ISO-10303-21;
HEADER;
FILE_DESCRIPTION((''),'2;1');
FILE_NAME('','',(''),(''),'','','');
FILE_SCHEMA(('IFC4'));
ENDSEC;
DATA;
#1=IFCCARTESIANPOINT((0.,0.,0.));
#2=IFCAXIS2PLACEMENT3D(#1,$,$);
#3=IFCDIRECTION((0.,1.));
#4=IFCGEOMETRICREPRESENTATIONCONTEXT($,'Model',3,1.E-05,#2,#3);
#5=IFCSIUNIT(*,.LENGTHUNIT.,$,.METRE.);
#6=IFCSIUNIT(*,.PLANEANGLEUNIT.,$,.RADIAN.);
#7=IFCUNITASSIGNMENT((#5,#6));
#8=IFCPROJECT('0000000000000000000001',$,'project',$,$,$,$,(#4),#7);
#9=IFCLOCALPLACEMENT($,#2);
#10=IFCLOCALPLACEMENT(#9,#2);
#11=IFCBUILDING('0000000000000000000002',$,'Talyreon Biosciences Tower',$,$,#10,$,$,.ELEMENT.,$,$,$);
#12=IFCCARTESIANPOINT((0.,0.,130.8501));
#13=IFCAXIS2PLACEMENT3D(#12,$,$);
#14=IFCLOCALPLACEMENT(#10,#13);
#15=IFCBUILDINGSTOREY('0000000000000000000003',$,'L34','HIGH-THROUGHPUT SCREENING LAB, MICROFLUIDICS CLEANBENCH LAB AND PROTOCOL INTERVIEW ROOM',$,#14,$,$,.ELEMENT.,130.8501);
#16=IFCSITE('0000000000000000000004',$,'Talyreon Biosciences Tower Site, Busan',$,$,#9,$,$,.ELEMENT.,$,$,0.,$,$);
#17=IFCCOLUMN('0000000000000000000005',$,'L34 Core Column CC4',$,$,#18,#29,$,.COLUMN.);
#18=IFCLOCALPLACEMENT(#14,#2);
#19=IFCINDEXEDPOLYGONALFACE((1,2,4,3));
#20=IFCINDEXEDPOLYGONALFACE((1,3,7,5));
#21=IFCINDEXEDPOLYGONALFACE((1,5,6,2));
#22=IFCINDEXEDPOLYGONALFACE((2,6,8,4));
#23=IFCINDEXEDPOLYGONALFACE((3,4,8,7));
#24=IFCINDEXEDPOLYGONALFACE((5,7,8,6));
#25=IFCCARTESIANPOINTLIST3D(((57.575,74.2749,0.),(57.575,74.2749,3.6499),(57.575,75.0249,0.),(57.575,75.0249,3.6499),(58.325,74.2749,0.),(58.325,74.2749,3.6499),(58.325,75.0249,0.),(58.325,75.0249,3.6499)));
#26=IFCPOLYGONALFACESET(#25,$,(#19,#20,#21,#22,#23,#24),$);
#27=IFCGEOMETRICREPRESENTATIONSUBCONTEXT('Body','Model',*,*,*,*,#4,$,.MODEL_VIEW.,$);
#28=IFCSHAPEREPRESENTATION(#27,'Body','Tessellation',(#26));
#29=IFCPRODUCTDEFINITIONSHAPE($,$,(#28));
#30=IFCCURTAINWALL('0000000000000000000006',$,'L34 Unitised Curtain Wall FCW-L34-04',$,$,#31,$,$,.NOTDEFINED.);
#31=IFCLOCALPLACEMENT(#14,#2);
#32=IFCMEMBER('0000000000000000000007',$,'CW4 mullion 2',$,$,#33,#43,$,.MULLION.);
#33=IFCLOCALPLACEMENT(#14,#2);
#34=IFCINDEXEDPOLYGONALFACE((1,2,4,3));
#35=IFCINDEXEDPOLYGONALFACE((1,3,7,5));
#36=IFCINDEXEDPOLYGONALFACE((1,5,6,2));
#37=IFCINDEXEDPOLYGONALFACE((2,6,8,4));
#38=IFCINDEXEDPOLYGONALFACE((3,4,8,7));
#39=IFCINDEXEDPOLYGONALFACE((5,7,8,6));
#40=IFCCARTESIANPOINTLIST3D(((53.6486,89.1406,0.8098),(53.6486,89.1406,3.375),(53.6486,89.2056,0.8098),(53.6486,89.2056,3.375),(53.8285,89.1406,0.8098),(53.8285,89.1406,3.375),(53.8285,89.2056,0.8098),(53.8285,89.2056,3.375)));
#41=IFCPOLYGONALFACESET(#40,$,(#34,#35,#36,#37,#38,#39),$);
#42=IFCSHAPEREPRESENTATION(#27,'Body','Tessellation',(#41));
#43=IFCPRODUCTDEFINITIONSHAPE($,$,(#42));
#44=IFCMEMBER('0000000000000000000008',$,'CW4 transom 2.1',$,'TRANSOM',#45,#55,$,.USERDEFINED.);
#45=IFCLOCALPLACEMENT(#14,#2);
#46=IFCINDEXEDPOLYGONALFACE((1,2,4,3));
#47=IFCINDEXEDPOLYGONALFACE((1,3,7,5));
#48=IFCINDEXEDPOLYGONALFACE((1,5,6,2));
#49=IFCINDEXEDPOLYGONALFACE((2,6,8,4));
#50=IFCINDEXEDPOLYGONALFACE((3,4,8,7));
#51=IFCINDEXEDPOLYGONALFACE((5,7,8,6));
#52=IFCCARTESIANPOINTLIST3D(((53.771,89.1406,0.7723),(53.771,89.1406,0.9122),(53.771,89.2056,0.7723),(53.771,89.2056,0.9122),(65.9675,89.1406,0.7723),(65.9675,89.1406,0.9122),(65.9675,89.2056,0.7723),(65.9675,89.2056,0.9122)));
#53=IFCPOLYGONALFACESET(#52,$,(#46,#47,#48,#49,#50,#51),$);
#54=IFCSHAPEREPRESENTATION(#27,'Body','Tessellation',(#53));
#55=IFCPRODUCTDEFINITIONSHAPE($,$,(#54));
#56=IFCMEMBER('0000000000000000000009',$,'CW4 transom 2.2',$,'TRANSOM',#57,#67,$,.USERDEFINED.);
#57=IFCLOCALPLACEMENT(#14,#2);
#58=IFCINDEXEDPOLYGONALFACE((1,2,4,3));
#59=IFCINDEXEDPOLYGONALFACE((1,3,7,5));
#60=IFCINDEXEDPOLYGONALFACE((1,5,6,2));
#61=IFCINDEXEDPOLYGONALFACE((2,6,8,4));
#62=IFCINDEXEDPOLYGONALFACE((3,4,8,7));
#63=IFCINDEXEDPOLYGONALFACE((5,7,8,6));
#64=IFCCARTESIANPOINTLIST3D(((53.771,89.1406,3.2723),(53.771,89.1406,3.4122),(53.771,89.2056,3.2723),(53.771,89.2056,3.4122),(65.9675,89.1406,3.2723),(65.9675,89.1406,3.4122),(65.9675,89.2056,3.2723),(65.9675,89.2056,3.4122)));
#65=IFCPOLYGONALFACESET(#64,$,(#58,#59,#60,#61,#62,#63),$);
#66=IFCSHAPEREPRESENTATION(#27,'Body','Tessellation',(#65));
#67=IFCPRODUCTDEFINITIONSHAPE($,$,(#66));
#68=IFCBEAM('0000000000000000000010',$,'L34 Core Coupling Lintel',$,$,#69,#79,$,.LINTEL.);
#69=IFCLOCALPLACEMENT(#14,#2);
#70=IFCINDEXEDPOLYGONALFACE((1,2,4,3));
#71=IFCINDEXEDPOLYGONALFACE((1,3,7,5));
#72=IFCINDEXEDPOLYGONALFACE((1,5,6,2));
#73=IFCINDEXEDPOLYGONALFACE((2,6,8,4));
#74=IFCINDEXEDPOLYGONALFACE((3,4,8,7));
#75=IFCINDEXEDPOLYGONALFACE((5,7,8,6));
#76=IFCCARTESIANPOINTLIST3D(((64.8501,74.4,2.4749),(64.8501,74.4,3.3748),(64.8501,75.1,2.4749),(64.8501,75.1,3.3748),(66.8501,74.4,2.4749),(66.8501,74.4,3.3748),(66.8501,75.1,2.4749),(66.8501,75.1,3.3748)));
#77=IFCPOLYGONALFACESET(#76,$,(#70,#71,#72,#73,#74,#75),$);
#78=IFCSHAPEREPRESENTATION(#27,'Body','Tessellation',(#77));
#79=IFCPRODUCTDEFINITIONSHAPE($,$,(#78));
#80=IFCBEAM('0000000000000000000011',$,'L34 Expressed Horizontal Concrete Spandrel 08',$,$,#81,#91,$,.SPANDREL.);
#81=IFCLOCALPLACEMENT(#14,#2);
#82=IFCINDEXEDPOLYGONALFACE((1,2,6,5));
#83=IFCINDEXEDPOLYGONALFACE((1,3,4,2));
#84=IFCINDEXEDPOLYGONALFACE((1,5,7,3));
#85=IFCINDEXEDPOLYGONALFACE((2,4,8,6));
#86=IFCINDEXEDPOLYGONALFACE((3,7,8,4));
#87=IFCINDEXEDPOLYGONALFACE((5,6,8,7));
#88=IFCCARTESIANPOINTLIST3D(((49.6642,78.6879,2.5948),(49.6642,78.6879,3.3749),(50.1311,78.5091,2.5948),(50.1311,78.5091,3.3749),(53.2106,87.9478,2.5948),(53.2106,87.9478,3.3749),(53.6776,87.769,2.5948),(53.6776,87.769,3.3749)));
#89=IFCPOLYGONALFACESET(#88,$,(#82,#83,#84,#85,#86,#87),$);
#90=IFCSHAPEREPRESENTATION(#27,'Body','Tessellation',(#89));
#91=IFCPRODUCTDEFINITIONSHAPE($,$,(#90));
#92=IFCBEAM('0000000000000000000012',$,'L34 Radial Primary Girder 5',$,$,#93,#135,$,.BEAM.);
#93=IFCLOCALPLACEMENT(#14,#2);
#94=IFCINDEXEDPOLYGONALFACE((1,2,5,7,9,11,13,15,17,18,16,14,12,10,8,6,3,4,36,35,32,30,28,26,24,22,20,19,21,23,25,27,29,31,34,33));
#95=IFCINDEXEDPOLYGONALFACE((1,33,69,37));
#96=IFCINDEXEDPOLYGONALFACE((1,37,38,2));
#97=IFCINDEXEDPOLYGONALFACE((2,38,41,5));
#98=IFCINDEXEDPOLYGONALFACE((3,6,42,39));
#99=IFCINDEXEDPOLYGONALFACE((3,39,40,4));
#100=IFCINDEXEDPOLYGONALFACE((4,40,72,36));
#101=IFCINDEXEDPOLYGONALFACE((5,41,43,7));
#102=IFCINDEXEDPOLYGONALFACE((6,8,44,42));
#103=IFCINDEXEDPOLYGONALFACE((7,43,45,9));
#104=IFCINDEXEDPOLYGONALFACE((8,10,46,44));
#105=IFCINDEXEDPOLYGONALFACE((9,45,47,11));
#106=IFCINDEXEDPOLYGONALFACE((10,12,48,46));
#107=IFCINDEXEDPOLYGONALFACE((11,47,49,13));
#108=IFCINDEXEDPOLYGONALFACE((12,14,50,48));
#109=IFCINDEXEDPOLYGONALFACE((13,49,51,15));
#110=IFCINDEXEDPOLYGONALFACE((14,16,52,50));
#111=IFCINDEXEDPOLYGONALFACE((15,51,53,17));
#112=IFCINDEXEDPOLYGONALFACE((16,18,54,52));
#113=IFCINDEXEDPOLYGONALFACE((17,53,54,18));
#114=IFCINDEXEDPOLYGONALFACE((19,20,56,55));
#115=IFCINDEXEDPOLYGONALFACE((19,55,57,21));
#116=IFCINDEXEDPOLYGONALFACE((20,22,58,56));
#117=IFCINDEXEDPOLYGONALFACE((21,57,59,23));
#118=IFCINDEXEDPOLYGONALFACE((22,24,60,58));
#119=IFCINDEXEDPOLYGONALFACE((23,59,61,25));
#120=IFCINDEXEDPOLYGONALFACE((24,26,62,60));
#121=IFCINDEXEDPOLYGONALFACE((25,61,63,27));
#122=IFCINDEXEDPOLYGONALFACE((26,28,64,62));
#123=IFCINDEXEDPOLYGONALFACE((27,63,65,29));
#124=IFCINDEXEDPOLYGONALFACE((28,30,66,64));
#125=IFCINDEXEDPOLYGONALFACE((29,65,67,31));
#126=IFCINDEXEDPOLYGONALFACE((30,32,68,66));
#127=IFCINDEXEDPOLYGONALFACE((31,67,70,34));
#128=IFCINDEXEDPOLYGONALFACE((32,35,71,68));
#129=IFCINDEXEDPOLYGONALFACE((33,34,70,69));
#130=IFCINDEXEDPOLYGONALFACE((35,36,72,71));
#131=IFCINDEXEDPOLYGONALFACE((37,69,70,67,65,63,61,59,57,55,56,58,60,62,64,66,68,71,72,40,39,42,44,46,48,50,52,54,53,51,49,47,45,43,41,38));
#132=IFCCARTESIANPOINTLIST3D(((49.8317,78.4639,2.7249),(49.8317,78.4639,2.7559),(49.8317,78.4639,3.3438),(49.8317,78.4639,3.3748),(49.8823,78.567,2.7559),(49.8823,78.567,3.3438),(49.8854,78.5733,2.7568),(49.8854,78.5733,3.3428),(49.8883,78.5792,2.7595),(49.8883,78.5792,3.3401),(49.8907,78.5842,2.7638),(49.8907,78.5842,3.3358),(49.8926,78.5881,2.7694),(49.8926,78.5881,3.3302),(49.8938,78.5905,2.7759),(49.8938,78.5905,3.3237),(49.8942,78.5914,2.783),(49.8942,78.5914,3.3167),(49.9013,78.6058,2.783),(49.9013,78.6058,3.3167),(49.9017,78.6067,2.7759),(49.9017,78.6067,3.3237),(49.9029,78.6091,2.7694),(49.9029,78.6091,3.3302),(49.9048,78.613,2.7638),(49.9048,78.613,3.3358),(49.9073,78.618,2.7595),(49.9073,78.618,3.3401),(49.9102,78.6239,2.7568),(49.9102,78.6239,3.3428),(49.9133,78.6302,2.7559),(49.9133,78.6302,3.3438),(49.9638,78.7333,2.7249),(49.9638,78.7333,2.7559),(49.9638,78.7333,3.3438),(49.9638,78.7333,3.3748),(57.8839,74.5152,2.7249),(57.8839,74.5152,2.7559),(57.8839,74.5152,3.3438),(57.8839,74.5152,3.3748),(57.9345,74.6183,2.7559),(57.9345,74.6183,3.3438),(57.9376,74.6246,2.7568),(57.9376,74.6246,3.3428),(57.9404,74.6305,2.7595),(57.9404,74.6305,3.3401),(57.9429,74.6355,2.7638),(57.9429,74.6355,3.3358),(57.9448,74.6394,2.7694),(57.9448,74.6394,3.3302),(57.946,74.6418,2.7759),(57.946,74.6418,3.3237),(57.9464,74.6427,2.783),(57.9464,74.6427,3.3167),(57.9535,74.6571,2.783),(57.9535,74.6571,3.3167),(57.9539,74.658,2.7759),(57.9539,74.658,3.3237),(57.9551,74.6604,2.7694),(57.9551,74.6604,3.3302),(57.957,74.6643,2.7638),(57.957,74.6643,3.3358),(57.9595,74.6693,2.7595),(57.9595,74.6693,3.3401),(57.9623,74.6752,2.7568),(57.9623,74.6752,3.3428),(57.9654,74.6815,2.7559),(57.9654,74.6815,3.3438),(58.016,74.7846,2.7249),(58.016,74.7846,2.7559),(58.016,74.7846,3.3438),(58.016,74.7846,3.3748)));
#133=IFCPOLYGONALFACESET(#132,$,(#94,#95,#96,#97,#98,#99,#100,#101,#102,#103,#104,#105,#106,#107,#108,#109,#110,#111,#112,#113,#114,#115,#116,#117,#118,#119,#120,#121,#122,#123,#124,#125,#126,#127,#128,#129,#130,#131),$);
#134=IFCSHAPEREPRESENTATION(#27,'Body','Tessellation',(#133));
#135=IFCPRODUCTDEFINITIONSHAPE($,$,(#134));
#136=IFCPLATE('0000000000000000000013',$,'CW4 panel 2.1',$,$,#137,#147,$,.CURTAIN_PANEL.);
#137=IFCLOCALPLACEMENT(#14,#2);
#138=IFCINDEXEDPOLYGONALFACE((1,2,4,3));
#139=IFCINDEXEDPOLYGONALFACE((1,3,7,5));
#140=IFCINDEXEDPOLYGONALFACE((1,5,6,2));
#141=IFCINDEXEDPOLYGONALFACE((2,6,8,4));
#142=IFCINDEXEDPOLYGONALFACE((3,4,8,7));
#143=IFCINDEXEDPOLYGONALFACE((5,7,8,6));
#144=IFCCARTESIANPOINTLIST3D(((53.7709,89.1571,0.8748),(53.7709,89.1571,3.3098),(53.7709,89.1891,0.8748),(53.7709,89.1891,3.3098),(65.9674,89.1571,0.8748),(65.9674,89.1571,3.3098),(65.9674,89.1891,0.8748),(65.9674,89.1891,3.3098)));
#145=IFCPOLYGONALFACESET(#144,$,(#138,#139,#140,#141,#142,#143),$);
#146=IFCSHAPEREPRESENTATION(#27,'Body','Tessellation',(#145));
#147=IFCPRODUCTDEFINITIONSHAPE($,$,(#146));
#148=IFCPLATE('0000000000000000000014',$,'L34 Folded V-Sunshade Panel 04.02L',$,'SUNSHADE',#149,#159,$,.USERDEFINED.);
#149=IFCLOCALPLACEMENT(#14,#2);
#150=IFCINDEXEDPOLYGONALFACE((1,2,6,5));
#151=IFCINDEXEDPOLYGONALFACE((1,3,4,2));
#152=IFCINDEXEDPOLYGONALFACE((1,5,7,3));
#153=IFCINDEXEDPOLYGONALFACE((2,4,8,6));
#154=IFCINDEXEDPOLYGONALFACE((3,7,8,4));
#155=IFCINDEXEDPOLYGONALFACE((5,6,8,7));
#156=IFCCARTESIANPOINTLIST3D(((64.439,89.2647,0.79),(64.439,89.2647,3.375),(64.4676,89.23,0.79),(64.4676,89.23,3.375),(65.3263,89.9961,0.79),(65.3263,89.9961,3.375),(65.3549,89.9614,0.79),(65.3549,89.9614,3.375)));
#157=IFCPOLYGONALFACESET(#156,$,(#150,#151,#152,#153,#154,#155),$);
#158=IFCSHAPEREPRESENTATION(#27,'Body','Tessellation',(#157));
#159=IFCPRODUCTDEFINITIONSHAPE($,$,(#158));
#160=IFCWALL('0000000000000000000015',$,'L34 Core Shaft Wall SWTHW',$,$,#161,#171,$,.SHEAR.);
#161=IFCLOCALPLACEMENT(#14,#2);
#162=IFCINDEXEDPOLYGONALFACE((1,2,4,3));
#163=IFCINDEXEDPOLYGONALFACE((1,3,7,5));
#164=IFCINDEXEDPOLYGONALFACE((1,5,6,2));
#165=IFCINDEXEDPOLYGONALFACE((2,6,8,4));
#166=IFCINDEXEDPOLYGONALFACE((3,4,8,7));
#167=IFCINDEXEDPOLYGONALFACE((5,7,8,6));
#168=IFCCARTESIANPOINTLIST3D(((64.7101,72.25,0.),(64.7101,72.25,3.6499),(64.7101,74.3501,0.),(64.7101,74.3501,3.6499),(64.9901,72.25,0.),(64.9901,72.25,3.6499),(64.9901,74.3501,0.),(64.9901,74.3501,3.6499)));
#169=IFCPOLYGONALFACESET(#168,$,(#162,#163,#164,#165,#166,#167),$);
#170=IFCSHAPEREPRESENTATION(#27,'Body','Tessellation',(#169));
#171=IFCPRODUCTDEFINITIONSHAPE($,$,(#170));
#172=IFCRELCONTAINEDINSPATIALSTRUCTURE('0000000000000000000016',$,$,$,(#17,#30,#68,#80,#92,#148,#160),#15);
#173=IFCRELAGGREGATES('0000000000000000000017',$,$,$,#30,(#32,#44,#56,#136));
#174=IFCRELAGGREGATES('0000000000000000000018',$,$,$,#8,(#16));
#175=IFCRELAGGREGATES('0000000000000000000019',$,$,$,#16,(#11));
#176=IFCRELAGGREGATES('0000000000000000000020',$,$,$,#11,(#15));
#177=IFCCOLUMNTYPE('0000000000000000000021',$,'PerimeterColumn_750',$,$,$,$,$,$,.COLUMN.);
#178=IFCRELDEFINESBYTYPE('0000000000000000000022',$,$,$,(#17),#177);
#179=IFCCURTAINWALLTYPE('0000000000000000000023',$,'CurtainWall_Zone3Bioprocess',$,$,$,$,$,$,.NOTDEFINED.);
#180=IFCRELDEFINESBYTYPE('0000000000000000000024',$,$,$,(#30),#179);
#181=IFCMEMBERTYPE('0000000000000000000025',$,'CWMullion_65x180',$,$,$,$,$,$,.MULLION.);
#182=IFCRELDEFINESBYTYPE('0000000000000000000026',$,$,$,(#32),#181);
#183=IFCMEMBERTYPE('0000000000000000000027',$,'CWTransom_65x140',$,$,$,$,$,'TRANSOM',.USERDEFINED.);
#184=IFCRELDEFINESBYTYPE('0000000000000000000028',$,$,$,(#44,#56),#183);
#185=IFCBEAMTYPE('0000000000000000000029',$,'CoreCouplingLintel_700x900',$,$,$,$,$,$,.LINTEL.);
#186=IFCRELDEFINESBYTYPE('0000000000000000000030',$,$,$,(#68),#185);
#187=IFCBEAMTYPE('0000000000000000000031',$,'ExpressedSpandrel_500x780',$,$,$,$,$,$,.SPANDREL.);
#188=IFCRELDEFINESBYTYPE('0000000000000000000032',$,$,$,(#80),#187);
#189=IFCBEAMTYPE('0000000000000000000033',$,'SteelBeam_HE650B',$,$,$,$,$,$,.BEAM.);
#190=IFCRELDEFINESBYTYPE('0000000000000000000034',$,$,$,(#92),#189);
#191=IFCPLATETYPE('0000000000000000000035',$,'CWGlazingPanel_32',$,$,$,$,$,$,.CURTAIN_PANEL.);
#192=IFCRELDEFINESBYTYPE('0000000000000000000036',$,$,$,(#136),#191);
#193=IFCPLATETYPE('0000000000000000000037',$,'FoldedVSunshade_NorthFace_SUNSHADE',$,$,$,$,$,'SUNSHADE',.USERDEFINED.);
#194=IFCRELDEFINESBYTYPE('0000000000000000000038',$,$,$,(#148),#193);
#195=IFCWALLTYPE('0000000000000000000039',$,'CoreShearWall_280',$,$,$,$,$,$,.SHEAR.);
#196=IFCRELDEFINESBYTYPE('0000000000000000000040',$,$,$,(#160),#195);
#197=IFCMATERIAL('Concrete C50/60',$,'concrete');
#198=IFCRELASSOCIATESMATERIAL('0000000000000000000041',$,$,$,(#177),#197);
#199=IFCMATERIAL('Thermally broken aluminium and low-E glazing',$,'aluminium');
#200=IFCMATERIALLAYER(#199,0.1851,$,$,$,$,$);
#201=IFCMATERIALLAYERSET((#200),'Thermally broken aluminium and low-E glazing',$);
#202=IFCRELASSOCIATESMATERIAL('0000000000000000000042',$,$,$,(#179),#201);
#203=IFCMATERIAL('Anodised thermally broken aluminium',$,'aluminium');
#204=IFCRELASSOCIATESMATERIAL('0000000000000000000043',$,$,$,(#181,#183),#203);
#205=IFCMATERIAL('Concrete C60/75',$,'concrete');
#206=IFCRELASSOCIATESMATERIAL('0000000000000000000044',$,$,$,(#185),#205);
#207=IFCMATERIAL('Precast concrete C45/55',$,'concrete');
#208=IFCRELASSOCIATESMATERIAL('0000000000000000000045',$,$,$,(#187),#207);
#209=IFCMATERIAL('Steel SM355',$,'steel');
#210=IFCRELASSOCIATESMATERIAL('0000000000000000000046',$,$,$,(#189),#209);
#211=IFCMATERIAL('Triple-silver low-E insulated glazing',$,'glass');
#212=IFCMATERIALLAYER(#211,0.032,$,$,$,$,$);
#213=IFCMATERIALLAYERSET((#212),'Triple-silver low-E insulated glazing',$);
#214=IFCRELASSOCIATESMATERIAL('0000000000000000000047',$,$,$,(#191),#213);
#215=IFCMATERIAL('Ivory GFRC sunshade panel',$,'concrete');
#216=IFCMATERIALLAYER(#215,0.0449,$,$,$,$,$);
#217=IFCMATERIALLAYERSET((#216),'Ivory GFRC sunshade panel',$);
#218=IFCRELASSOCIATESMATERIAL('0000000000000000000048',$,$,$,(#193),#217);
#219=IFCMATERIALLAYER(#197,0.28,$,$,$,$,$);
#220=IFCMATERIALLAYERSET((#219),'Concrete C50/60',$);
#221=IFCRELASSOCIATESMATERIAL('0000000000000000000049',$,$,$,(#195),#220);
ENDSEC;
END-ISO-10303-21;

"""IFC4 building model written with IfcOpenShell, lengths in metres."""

from ifc_helpers import new_model, si_unit, direction, frame, frame_2d, origin, origin_2d, place, context, subcontext, project, spatial, rectangle, i_section, extrude, material, layer, layer_set, material_profile, profile_set, type_object, element, aggregate, save


model = new_model("IFC4")

# Units and contexts
model_context = context("Model", 3, precision=1e-05, world=origin(), true_north=direction((0.0, 1.0)))
body_context = subcontext(model_context, "Body", "Model", "MODEL_VIEW")
ifc_project = project(units=[si_unit("LENGTHUNIT", "METRE"), si_unit("PLANEANGLEUNIT", "RADIAN")], contexts=[model_context])

# Site, building, storey
site_placement = place(None, origin())
site = spatial("IfcSite", under=ifc_project, at=site_placement, Name="Talyreon Biosciences Tower Site, Busan", CompositionType="ELEMENT", RefElevation=0.0)
building_placement = place(site_placement, origin())
building = spatial("IfcBuilding", under=site, at=building_placement, Name="Talyreon Biosciences Tower", CompositionType="ELEMENT")
storey_placement = place(building_placement, frame((0.0, 0.0, 130.8501)))
storey = spatial("IfcBuildingStorey", under=building, at=storey_placement, Name="L34", Description="HIGH-THROUGHPUT SCREENING LAB, MICROFLUIDICS CLEANBENCH LAB AND PROTOCOL INTERVIEW ROOM", CompositionType="ELEMENT", Elevation=130.8501)

# Column
ifc_material_1 = material(Name="Concrete C50/60", Category="concrete")
ifc_material_profile_1 = material_profile(ifc_material_1, rectangle(XDim=0.75, YDim=0.75, at=origin_2d()), Name="RC 750x750")
ifc_profile_set_1 = profile_set([ifc_material_profile_1], Name="Concrete C50/60")
column_type = type_object("IfcColumnType", Name="PerimeterColumn_750", PredefinedType="COLUMN", material=ifc_profile_set_1)
column_placement = place(storey_placement, frame((57.95, 74.6499, 0.0), z_axis=(0.0, 0.0, 1.0), x_axis=(1.0, 0.0, 0.0)))
element("IfcColumn", 1, at=column_placement, inside=storey, type_object=column_type, Name="L34 Core Column CC4", PredefinedType="COLUMN", context=body_context, shape_type="SweptSolid", body=[
    extrude(rectangle(XDim=0.75, YDim=0.75, at=origin_2d()), origin(), (0.0, 0.0, 1.0), 3.6499),
])

# Curtain wall, members
ifc_material_2 = material(Name="Thermally broken aluminium and low-E glazing", Category="aluminium")
ifc_layer_1 = layer(ifc_material_2, 0.1851)
ifc_layer_set_1 = layer_set([ifc_layer_1], Name="Thermally broken aluminium and low-E glazing")
curtain_wall_type = type_object("IfcCurtainWallType", Name="CurtainWall_Zone3Bioprocess", PredefinedType="NOTDEFINED", material=ifc_layer_set_1)
curtain_wall_placement = place(storey_placement, origin())
curtain_wall = element("IfcCurtainWall", 2, at=curtain_wall_placement, inside=storey, type_object=curtain_wall_type, Name="L34 Unitised Curtain Wall FCW-L34-04", PredefinedType="NOTDEFINED")
ifc_material_3 = material(Name="Anodised thermally broken aluminium", Category="aluminium")
ifc_material_profile_2 = material_profile(ifc_material_3, rectangle(XDim=0.0649, YDim=0.1799, at=origin_2d()), Name="ALUM MULLION 65x180")
ifc_profile_set_2 = profile_set([ifc_material_profile_2], Name="Anodised thermally broken aluminium")
member_type_1 = type_object("IfcMemberType", Name="CWMullion_65x180", PredefinedType="MULLION", material=ifc_profile_set_2)
member_1_placement = place(storey_placement, frame((53.7385, 89.1731, 0.8098), z_axis=(0.0, 0.0, 1.0), x_axis=(0.0, 1.0, 0.0)))
member_1 = element("IfcMember", 3, at=member_1_placement, type_object=member_type_1, Name="CW4 mullion 2", PredefinedType="MULLION", context=body_context, shape_type="SweptSolid", body=[
    extrude(rectangle(XDim=0.0649, YDim=0.1799, at=origin_2d()), origin(), (0.0, 0.0, 1.0), 2.5652),
])
ifc_material_profile_3 = material_profile(ifc_material_3, rectangle(XDim=0.0649, YDim=0.1399, at=origin_2d()), Name="ALUM TRANSOM 65x140")
ifc_profile_set_3 = profile_set([ifc_material_profile_3], Name="Anodised thermally broken aluminium")
member_type_2 = type_object("IfcMemberType", Name="CWTransom_65x140", ElementType="TRANSOM", PredefinedType="USERDEFINED", material=ifc_profile_set_3)
member_2_placement = place(storey_placement, frame((53.771, 89.1731, 0.8423), z_axis=(1.0, 0.0, 0.0), x_axis=(0.0, 1.0, 0.0)))
member_2 = element("IfcMember", 4, at=member_2_placement, type_object=member_type_2, Name="CW4 transom 2.1", ObjectType="TRANSOM", PredefinedType="USERDEFINED", context=body_context, shape_type="SweptSolid", body=[
    extrude(rectangle(XDim=0.0649, YDim=0.1399, at=origin_2d()), origin(), (0.0, 0.0, 1.0), 12.1965),
])
member_3_placement = place(storey_placement, frame((53.771, 89.1731, 3.3423), z_axis=(1.0, 0.0, 0.0), x_axis=(0.0, 1.0, 0.0)))
member_3 = element("IfcMember", 5, at=member_3_placement, type_object=member_type_2, Name="CW4 transom 2.2", ObjectType="TRANSOM", PredefinedType="USERDEFINED", context=body_context, shape_type="SweptSolid", body=[
    extrude(rectangle(XDim=0.0649, YDim=0.1399, at=origin_2d()), origin(), (0.0, 0.0, 1.0), 12.1965),
])

# Beams
ifc_material_4 = material(Name="Concrete C60/75", Category="concrete")
ifc_material_profile_4 = material_profile(ifc_material_4, rectangle(XDim=0.7, YDim=0.8999, at=origin_2d()), Name="RCB 700x900")
ifc_profile_set_4 = profile_set([ifc_material_profile_4], Name="Concrete C60/75")
beam_type_1 = type_object("IfcBeamType", Name="CoreCouplingLintel_700x900", PredefinedType="LINTEL", material=ifc_profile_set_4)
beam_1_placement = place(storey_placement, frame((64.8501, 74.75, 2.9248), z_axis=(1.0, 0.0, 0.0), x_axis=(0.0, 1.0, 0.0)))
element("IfcBeam", 6, at=beam_1_placement, inside=storey, type_object=beam_type_1, Name="L34 Core Coupling Lintel", PredefinedType="LINTEL", context=body_context, shape_type="SweptSolid", body=[
    extrude(rectangle(XDim=0.7, YDim=0.8999, at=origin_2d()), origin(), (0.0, 0.0, 1.0), 2.0),
])
ifc_material_5 = material(Name="Precast concrete C45/55", Category="concrete")
ifc_material_profile_5 = material_profile(ifc_material_5, rectangle(XDim=0.5, YDim=0.78, at=origin_2d()), Name="RCB 500x780")
ifc_profile_set_5 = profile_set([ifc_material_profile_5], Name="Precast concrete C45/55")
beam_type_2 = type_object("IfcBeamType", Name="ExpressedSpandrel_500x780", PredefinedType="SPANDREL", material=ifc_profile_set_5)
beam_2_placement = place(storey_placement, frame((53.4441, 87.8584, 2.9849), z_axis=(-0.357655, -0.933854, 0.0), x_axis=(0.933854, -0.357655, 0.0)))
element("IfcBeam", 7, at=beam_2_placement, inside=storey, type_object=beam_type_2, Name="L34 Expressed Horizontal Concrete Spandrel 08", PredefinedType="SPANDREL", context=body_context, shape_type="SweptSolid", body=[
    extrude(rectangle(XDim=0.5, YDim=0.78, at=origin_2d()), origin(), (0.0, 0.0, 1.0), 9.9158),
])
ifc_material_6 = material(Name="Steel SM355", Category="steel")
ifc_material_profile_6 = material_profile(ifc_material_6, i_section(OverallWidth=0.3, OverallDepth=0.6499, WebThickness=0.0161, FlangeThickness=0.031, FilletRadius=0.0271, at=origin_2d()), Name="HE650B")
ifc_profile_set_6 = profile_set([ifc_material_profile_6], Name="Steel SM355")
beam_type_3 = type_object("IfcBeamType", Name="SteelBeam_HE650B", PredefinedType="BEAM", material=ifc_profile_set_6)
beam_3_placement = place(storey_placement, frame((57.95, 74.6499, 3.0498), z_axis=(-0.897852, 0.440297, 0.0), x_axis=(-0.440297, -0.897852, 0.0)))
element("IfcBeam", 8, at=beam_3_placement, inside=storey, type_object=beam_type_3, Name="L34 Radial Primary Girder 5", PredefinedType="BEAM", context=body_context, shape_type="SweptSolid", body=[
    extrude(i_section(OverallWidth=0.3, OverallDepth=0.6499, WebThickness=0.0161, FlangeThickness=0.031, FilletRadius=0.0271, at=origin_2d()), origin(), (0.0, 0.0, 1.0), 8.9683),
])

# Plates
ifc_material_7 = material(Name="Triple-silver low-E insulated glazing", Category="glass")
ifc_layer_2 = layer(ifc_material_7, 0.032)
ifc_layer_set_2 = layer_set([ifc_layer_2], Name="Triple-silver low-E insulated glazing")
plate_type_1 = type_object("IfcPlateType", Name="CWGlazingPanel_32", PredefinedType="CURTAIN_PANEL", material=ifc_layer_set_2)
plate_1_placement = place(storey_placement, frame((59.8691, 89.1731, 0.8748), z_axis=(0.0, 0.0, 1.0), x_axis=(1.0, 0.0, 0.0)))
plate_1 = element("IfcPlate", 9, at=plate_1_placement, type_object=plate_type_1, Name="CW4 panel 2.1", PredefinedType="CURTAIN_PANEL", context=body_context, shape_type="SweptSolid", body=[
    extrude(rectangle(XDim=12.1965, YDim=0.032, at=origin_2d()), origin(), (0.0, 0.0, 1.0), 2.4351),
])
aggregate(curtain_wall, [member_1, member_2, member_3, plate_1])
ifc_material_8 = material(Name="Ivory GFRC sunshade panel", Category="concrete")
ifc_layer_3 = layer(ifc_material_8, 0.0449)
ifc_layer_set_3 = layer_set([ifc_layer_3], Name="Ivory GFRC sunshade panel")
plate_type_2 = type_object("IfcPlateType", Name="FoldedVSunshade_NorthFace_SUNSHADE", ElementType="SUNSHADE", PredefinedType="USERDEFINED", material=ifc_layer_set_3)
plate_2_placement = place(storey_placement, frame((64.897, 89.613, 0.79), z_axis=(0.0, 0.0, 1.0), x_axis=(0.771625, 0.636078, 0.0)))
element("IfcPlate", 10, at=plate_2_placement, inside=storey, type_object=plate_type_2, Name="L34 Folded V-Sunshade Panel 04.02L", ObjectType="SUNSHADE", PredefinedType="USERDEFINED", context=body_context, shape_type="SweptSolid", body=[
    extrude(rectangle(XDim=1.1499, YDim=0.0449, at=origin_2d()), origin(), (0.0, 0.0, 1.0), 2.585),
])

# Wall
ifc_layer_4 = layer(ifc_material_1, 0.28)
ifc_layer_set_4 = layer_set([ifc_layer_4], Name="Concrete C50/60")
wall_type_1 = type_object("IfcWallType", Name="CoreShearWall_280", PredefinedType="SHEAR", material=ifc_layer_set_4)
wall_1_placement = place(storey_placement, frame((64.8501, 72.25, 0.0), z_axis=(0.0, 0.0, 1.0), x_axis=(0.0, 1.0, 0.0)))
element("IfcWall", 11, at=wall_1_placement, inside=storey, type_object=wall_type_1, Name="L34 Core Shaft Wall SWTHW", PredefinedType="SHEAR", context=body_context, shape_type="SweptSolid", body=[
    extrude(rectangle(XDim=2.1001, YDim=0.28, at=frame_2d((1.05, 0.0))), origin(), (0.0, 0.0, 1.0), 3.6499),
])

save(model, "model.ifc")
